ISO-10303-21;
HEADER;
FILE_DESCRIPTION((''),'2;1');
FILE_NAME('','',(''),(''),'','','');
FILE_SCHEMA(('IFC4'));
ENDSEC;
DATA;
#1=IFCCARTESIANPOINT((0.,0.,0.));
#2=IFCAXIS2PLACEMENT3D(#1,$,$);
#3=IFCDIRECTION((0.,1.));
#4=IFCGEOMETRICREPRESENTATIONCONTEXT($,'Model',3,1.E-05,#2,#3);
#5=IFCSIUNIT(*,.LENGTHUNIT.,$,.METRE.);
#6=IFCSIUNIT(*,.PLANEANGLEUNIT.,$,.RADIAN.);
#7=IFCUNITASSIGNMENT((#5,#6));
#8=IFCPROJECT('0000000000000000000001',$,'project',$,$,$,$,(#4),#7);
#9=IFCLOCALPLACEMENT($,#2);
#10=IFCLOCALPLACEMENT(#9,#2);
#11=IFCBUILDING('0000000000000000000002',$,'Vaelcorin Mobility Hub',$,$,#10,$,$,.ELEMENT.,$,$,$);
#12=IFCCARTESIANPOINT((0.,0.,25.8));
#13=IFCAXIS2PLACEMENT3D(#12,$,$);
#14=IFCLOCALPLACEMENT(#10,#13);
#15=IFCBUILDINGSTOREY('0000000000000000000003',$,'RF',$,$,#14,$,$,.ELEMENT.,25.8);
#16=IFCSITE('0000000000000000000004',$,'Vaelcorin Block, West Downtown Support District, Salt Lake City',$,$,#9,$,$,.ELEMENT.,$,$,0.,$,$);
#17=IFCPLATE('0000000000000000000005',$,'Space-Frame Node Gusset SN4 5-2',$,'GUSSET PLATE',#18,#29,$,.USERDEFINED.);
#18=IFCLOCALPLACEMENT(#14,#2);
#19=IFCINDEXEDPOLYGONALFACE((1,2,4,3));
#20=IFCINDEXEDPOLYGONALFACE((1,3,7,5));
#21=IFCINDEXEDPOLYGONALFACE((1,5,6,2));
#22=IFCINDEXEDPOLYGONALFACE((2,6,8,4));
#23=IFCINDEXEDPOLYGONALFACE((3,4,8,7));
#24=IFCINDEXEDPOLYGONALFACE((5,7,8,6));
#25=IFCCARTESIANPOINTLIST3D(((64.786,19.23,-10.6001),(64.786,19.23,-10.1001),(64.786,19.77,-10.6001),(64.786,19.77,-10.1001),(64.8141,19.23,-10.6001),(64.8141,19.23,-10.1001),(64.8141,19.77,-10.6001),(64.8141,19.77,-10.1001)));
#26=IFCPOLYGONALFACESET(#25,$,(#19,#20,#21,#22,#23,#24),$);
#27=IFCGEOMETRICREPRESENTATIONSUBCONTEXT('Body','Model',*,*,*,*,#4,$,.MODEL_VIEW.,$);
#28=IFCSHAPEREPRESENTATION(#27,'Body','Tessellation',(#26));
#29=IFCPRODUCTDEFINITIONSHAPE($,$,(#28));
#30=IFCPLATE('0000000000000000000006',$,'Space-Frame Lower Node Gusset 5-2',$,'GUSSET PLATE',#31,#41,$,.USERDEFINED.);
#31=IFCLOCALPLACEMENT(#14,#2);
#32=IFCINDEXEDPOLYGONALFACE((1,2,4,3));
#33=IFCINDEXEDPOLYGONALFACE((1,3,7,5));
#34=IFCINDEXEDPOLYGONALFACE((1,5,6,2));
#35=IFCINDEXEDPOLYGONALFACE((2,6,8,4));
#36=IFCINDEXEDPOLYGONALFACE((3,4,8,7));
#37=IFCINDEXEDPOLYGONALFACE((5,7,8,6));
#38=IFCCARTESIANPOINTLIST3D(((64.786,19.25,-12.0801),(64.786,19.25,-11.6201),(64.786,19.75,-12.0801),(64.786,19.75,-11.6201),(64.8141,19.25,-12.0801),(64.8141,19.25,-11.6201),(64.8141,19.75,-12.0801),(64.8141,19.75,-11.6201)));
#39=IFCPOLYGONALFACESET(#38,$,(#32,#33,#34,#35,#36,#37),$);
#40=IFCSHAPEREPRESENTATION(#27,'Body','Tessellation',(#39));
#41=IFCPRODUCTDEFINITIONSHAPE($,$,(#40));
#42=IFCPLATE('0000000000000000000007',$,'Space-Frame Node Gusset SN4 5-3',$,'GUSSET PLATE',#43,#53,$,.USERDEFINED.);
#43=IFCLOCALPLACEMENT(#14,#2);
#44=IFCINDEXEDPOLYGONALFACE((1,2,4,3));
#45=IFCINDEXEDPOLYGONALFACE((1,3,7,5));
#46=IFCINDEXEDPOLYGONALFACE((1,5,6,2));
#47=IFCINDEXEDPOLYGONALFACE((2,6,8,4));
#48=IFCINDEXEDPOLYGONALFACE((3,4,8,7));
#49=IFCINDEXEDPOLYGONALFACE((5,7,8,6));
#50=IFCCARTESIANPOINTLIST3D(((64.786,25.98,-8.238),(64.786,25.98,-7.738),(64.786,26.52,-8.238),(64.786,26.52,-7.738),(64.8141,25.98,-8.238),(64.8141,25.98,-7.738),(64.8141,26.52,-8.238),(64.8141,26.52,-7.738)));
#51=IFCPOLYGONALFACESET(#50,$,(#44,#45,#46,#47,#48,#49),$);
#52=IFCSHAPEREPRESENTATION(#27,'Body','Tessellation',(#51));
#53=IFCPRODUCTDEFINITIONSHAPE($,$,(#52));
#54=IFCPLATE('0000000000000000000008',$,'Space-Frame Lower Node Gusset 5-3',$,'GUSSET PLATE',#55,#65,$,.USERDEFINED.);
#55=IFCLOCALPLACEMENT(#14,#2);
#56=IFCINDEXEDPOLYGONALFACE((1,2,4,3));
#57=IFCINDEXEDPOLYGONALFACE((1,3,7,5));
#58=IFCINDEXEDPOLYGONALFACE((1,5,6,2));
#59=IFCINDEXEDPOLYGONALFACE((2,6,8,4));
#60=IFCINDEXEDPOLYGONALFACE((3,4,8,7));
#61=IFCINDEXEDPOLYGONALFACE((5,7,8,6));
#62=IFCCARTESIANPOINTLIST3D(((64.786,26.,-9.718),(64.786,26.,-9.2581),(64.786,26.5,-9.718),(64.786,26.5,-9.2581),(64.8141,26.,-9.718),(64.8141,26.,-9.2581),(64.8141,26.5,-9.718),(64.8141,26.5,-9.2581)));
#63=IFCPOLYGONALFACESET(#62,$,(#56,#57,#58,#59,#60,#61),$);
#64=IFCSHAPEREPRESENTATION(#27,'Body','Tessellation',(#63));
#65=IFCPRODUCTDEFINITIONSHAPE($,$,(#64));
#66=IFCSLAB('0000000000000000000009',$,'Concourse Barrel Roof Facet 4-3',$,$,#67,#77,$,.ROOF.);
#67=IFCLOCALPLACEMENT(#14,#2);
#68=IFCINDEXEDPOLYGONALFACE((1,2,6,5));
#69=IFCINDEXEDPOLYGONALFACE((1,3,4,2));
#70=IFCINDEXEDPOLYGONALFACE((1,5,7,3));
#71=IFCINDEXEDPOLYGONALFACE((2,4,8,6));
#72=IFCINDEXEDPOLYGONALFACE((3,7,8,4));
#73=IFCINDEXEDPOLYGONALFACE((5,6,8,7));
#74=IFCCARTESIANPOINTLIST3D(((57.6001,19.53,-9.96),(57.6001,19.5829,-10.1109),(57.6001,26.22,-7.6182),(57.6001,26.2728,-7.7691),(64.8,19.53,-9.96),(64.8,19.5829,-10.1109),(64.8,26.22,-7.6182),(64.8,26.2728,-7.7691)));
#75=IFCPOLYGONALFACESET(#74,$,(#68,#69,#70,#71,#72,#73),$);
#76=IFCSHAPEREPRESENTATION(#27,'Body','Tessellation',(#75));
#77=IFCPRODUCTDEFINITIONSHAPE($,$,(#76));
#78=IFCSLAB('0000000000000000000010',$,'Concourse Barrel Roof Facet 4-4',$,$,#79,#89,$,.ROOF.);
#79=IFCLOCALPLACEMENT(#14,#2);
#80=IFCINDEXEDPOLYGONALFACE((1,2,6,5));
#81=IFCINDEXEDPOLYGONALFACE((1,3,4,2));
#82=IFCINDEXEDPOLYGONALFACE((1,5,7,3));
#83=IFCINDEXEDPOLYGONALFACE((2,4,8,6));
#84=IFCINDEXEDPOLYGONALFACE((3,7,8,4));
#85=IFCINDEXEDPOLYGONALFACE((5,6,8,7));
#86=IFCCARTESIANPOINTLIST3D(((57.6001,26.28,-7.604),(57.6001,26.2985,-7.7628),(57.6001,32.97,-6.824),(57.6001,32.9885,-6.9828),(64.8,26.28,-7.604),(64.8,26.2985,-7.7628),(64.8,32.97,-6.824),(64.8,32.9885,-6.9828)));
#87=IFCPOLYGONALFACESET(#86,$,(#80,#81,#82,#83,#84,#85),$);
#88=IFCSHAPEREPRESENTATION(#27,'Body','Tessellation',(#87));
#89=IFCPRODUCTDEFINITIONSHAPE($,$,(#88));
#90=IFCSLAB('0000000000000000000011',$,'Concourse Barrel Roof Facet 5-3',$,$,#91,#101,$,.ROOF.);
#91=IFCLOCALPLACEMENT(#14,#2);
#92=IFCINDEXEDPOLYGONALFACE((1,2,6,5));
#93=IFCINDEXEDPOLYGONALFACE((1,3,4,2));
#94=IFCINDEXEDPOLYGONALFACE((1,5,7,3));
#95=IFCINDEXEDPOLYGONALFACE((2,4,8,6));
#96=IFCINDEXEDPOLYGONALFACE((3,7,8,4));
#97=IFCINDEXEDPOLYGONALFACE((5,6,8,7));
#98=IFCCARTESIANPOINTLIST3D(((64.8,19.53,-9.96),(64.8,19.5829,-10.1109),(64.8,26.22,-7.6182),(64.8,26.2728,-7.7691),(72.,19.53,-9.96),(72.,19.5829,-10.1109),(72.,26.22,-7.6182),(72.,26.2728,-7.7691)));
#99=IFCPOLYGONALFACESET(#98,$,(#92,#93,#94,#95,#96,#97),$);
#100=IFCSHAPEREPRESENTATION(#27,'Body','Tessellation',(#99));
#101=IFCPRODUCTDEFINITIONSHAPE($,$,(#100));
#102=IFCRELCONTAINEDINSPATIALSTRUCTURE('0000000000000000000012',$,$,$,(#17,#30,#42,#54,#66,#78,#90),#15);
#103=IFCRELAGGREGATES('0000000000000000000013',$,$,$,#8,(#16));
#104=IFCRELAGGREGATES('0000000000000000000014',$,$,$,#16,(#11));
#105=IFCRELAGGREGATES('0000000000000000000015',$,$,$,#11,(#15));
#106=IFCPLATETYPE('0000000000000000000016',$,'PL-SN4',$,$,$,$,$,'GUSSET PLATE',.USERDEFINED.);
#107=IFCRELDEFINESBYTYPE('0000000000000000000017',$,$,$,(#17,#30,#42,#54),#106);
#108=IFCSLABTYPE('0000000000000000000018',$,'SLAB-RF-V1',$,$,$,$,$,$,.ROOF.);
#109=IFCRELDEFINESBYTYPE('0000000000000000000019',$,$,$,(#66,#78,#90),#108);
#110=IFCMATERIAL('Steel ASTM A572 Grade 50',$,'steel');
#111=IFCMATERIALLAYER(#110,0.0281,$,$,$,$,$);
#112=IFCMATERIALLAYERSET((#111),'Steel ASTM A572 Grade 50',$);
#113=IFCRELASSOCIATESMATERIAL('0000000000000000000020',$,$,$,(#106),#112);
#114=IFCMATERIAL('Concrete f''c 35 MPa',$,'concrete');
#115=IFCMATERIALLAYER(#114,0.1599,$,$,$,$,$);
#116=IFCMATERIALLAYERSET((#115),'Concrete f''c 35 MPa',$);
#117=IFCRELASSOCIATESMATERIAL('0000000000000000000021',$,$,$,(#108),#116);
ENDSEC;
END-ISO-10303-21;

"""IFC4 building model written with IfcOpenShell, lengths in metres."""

from ifc_helpers import new_model, si_unit, direction, frame, origin, origin_2d, place, context, subcontext, project, spatial, polyline, rectangle, outline, extrude, material, layer, layer_set, type_object, element, save


model = new_model("IFC4")

# Units and contexts
model_context = context("Model", 3, precision=1e-05, world=origin(), true_north=direction((0.0, 1.0)))
body_context = subcontext(model_context, "Body", "Model", "MODEL_VIEW")
ifc_project = project(units=[si_unit("LENGTHUNIT", "METRE"), si_unit("PLANEANGLEUNIT", "RADIAN")], contexts=[model_context])

# Site, building, storey
site_placement = place(None, origin())
site = spatial("IfcSite", under=ifc_project, at=site_placement, Name="Vaelcorin Block, West Downtown Support District, Salt Lake City", CompositionType="ELEMENT", RefElevation=0.0)
building_placement = place(site_placement, origin())
building = spatial("IfcBuilding", under=site, at=building_placement, Name="Vaelcorin Mobility Hub", CompositionType="ELEMENT")
storey_placement = place(building_placement, frame((0.0, 0.0, 25.8)))
storey = spatial("IfcBuildingStorey", under=building, at=storey_placement, Name="RF", CompositionType="ELEMENT", Elevation=25.8)

# Plates
ifc_material_1 = material(Name="Steel ASTM A572 Grade 50", Category="steel")
ifc_layer_1 = layer(ifc_material_1, 0.0281)
ifc_layer_set_1 = layer_set([ifc_layer_1], Name="Steel ASTM A572 Grade 50")
plate_type = type_object("IfcPlateType", Name="PL-SN4", ElementType="GUSSET PLATE", PredefinedType="USERDEFINED", material=ifc_layer_set_1)
plate_1_placement = place(storey_placement, frame((64.8, 19.5, -10.6001), z_axis=(0.0, 0.0, 1.0), x_axis=(1.0, 0.0, 0.0)))
element("IfcPlate", 1, at=plate_1_placement, inside=storey, type_object=plate_type, Name="Space-Frame Node Gusset SN4 5-2", ObjectType="GUSSET PLATE", PredefinedType="USERDEFINED", context=body_context, shape_type="SweptSolid", body=[
    extrude(rectangle(XDim=0.0281, YDim=0.54, at=origin_2d()), origin(), (0.0, 0.0, 1.0), 0.5),
])
plate_2_placement = place(storey_placement, frame((64.8, 19.5, -12.0801), z_axis=(0.0, 0.0, 1.0), x_axis=(1.0, 0.0, 0.0)))
element("IfcPlate", 2, at=plate_2_placement, inside=storey, type_object=plate_type, Name="Space-Frame Lower Node Gusset 5-2", ObjectType="GUSSET PLATE", PredefinedType="USERDEFINED", context=body_context, shape_type="SweptSolid", body=[
    extrude(rectangle(XDim=0.0281, YDim=0.5, at=origin_2d()), origin(), (0.0, 0.0, 1.0), 0.46),
])
plate_3_placement = place(storey_placement, frame((64.8, 26.25, -8.238), z_axis=(0.0, 0.0, 1.0), x_axis=(1.0, 0.0, 0.0)))
element("IfcPlate", 3, at=plate_3_placement, inside=storey, type_object=plate_type, Name="Space-Frame Node Gusset SN4 5-3", ObjectType="GUSSET PLATE", PredefinedType="USERDEFINED", context=body_context, shape_type="SweptSolid", body=[
    extrude(rectangle(XDim=0.0281, YDim=0.54, at=origin_2d()), origin(), (0.0, 0.0, 1.0), 0.5),
])
plate_4_placement = place(storey_placement, frame((64.8, 26.25, -9.718), z_axis=(0.0, 0.0, 1.0), x_axis=(1.0, 0.0, 0.0)))
element("IfcPlate", 4, at=plate_4_placement, inside=storey, type_object=plate_type, Name="Space-Frame Lower Node Gusset 5-3", ObjectType="GUSSET PLATE", PredefinedType="USERDEFINED", context=body_context, shape_type="SweptSolid", body=[
    extrude(rectangle(XDim=0.0281, YDim=0.5, at=origin_2d()), origin(), (0.0, 0.0, 1.0), 0.46),
])

# Slabs
ifc_material_2 = material(Name="Concrete f'c 35 MPa", Category="concrete")
ifc_layer_2 = layer(ifc_material_2, 0.1599)
ifc_layer_set_2 = layer_set([ifc_layer_2], Name="Concrete f'c 35 MPa")
slab_type = type_object("IfcSlabType", Name="SLAB-RF-V1", PredefinedType="ROOF", material=ifc_layer_set_2)
slab_1_placement = place(storey_placement, frame((57.6001, 19.53, -9.96), z_axis=(0.0, -0.33039, 0.943844), x_axis=(1.0, 0.0, 0.0)))
element("IfcSlab", 5, at=slab_1_placement, inside=storey, type_object=slab_type, Name="Concourse Barrel Roof Facet 4-3", PredefinedType="ROOF", context=body_context, shape_type="SweptSolid", body=[
    extrude(outline(polyline([(0.0, 0.0), (7.2, 0.0), (7.2, 7.088), (0.0, 7.088), (0.0, 0.0)])), origin(), (0.0, 0.0, -1.0), 0.1599),
])
slab_2_placement = place(storey_placement, frame((57.6001, 26.28, -7.604), z_axis=(0.0, -0.115813, 0.993271), x_axis=(1.0, 0.0, 0.0)))
element("IfcSlab", 6, at=slab_2_placement, inside=storey, type_object=slab_type, Name="Concourse Barrel Roof Facet 4-4", PredefinedType="ROOF", context=body_context, shape_type="SweptSolid", body=[
    extrude(outline(polyline([(0.0, 0.0), (7.2, 0.0), (7.2, 6.7353), (0.0, 6.7353), (0.0, 0.0)])), origin(), (0.0, 0.0, -1.0), 0.1599),
])
slab_3_placement = place(storey_placement, frame((64.8, 19.53, -9.96), z_axis=(0.0, -0.33039, 0.943844), x_axis=(1.0, 0.0, 0.0)))
element("IfcSlab", 7, at=slab_3_placement, inside=storey, type_object=slab_type, Name="Concourse Barrel Roof Facet 5-3", PredefinedType="ROOF", context=body_context, shape_type="SweptSolid", body=[
    extrude(outline(polyline([(0.0, 0.0), (7.2, 0.0), (7.2, 7.088), (0.0, 7.088), (0.0, 0.0)])), origin(), (0.0, 0.0, -1.0), 0.1599),
])

save(model, "model.ifc")
